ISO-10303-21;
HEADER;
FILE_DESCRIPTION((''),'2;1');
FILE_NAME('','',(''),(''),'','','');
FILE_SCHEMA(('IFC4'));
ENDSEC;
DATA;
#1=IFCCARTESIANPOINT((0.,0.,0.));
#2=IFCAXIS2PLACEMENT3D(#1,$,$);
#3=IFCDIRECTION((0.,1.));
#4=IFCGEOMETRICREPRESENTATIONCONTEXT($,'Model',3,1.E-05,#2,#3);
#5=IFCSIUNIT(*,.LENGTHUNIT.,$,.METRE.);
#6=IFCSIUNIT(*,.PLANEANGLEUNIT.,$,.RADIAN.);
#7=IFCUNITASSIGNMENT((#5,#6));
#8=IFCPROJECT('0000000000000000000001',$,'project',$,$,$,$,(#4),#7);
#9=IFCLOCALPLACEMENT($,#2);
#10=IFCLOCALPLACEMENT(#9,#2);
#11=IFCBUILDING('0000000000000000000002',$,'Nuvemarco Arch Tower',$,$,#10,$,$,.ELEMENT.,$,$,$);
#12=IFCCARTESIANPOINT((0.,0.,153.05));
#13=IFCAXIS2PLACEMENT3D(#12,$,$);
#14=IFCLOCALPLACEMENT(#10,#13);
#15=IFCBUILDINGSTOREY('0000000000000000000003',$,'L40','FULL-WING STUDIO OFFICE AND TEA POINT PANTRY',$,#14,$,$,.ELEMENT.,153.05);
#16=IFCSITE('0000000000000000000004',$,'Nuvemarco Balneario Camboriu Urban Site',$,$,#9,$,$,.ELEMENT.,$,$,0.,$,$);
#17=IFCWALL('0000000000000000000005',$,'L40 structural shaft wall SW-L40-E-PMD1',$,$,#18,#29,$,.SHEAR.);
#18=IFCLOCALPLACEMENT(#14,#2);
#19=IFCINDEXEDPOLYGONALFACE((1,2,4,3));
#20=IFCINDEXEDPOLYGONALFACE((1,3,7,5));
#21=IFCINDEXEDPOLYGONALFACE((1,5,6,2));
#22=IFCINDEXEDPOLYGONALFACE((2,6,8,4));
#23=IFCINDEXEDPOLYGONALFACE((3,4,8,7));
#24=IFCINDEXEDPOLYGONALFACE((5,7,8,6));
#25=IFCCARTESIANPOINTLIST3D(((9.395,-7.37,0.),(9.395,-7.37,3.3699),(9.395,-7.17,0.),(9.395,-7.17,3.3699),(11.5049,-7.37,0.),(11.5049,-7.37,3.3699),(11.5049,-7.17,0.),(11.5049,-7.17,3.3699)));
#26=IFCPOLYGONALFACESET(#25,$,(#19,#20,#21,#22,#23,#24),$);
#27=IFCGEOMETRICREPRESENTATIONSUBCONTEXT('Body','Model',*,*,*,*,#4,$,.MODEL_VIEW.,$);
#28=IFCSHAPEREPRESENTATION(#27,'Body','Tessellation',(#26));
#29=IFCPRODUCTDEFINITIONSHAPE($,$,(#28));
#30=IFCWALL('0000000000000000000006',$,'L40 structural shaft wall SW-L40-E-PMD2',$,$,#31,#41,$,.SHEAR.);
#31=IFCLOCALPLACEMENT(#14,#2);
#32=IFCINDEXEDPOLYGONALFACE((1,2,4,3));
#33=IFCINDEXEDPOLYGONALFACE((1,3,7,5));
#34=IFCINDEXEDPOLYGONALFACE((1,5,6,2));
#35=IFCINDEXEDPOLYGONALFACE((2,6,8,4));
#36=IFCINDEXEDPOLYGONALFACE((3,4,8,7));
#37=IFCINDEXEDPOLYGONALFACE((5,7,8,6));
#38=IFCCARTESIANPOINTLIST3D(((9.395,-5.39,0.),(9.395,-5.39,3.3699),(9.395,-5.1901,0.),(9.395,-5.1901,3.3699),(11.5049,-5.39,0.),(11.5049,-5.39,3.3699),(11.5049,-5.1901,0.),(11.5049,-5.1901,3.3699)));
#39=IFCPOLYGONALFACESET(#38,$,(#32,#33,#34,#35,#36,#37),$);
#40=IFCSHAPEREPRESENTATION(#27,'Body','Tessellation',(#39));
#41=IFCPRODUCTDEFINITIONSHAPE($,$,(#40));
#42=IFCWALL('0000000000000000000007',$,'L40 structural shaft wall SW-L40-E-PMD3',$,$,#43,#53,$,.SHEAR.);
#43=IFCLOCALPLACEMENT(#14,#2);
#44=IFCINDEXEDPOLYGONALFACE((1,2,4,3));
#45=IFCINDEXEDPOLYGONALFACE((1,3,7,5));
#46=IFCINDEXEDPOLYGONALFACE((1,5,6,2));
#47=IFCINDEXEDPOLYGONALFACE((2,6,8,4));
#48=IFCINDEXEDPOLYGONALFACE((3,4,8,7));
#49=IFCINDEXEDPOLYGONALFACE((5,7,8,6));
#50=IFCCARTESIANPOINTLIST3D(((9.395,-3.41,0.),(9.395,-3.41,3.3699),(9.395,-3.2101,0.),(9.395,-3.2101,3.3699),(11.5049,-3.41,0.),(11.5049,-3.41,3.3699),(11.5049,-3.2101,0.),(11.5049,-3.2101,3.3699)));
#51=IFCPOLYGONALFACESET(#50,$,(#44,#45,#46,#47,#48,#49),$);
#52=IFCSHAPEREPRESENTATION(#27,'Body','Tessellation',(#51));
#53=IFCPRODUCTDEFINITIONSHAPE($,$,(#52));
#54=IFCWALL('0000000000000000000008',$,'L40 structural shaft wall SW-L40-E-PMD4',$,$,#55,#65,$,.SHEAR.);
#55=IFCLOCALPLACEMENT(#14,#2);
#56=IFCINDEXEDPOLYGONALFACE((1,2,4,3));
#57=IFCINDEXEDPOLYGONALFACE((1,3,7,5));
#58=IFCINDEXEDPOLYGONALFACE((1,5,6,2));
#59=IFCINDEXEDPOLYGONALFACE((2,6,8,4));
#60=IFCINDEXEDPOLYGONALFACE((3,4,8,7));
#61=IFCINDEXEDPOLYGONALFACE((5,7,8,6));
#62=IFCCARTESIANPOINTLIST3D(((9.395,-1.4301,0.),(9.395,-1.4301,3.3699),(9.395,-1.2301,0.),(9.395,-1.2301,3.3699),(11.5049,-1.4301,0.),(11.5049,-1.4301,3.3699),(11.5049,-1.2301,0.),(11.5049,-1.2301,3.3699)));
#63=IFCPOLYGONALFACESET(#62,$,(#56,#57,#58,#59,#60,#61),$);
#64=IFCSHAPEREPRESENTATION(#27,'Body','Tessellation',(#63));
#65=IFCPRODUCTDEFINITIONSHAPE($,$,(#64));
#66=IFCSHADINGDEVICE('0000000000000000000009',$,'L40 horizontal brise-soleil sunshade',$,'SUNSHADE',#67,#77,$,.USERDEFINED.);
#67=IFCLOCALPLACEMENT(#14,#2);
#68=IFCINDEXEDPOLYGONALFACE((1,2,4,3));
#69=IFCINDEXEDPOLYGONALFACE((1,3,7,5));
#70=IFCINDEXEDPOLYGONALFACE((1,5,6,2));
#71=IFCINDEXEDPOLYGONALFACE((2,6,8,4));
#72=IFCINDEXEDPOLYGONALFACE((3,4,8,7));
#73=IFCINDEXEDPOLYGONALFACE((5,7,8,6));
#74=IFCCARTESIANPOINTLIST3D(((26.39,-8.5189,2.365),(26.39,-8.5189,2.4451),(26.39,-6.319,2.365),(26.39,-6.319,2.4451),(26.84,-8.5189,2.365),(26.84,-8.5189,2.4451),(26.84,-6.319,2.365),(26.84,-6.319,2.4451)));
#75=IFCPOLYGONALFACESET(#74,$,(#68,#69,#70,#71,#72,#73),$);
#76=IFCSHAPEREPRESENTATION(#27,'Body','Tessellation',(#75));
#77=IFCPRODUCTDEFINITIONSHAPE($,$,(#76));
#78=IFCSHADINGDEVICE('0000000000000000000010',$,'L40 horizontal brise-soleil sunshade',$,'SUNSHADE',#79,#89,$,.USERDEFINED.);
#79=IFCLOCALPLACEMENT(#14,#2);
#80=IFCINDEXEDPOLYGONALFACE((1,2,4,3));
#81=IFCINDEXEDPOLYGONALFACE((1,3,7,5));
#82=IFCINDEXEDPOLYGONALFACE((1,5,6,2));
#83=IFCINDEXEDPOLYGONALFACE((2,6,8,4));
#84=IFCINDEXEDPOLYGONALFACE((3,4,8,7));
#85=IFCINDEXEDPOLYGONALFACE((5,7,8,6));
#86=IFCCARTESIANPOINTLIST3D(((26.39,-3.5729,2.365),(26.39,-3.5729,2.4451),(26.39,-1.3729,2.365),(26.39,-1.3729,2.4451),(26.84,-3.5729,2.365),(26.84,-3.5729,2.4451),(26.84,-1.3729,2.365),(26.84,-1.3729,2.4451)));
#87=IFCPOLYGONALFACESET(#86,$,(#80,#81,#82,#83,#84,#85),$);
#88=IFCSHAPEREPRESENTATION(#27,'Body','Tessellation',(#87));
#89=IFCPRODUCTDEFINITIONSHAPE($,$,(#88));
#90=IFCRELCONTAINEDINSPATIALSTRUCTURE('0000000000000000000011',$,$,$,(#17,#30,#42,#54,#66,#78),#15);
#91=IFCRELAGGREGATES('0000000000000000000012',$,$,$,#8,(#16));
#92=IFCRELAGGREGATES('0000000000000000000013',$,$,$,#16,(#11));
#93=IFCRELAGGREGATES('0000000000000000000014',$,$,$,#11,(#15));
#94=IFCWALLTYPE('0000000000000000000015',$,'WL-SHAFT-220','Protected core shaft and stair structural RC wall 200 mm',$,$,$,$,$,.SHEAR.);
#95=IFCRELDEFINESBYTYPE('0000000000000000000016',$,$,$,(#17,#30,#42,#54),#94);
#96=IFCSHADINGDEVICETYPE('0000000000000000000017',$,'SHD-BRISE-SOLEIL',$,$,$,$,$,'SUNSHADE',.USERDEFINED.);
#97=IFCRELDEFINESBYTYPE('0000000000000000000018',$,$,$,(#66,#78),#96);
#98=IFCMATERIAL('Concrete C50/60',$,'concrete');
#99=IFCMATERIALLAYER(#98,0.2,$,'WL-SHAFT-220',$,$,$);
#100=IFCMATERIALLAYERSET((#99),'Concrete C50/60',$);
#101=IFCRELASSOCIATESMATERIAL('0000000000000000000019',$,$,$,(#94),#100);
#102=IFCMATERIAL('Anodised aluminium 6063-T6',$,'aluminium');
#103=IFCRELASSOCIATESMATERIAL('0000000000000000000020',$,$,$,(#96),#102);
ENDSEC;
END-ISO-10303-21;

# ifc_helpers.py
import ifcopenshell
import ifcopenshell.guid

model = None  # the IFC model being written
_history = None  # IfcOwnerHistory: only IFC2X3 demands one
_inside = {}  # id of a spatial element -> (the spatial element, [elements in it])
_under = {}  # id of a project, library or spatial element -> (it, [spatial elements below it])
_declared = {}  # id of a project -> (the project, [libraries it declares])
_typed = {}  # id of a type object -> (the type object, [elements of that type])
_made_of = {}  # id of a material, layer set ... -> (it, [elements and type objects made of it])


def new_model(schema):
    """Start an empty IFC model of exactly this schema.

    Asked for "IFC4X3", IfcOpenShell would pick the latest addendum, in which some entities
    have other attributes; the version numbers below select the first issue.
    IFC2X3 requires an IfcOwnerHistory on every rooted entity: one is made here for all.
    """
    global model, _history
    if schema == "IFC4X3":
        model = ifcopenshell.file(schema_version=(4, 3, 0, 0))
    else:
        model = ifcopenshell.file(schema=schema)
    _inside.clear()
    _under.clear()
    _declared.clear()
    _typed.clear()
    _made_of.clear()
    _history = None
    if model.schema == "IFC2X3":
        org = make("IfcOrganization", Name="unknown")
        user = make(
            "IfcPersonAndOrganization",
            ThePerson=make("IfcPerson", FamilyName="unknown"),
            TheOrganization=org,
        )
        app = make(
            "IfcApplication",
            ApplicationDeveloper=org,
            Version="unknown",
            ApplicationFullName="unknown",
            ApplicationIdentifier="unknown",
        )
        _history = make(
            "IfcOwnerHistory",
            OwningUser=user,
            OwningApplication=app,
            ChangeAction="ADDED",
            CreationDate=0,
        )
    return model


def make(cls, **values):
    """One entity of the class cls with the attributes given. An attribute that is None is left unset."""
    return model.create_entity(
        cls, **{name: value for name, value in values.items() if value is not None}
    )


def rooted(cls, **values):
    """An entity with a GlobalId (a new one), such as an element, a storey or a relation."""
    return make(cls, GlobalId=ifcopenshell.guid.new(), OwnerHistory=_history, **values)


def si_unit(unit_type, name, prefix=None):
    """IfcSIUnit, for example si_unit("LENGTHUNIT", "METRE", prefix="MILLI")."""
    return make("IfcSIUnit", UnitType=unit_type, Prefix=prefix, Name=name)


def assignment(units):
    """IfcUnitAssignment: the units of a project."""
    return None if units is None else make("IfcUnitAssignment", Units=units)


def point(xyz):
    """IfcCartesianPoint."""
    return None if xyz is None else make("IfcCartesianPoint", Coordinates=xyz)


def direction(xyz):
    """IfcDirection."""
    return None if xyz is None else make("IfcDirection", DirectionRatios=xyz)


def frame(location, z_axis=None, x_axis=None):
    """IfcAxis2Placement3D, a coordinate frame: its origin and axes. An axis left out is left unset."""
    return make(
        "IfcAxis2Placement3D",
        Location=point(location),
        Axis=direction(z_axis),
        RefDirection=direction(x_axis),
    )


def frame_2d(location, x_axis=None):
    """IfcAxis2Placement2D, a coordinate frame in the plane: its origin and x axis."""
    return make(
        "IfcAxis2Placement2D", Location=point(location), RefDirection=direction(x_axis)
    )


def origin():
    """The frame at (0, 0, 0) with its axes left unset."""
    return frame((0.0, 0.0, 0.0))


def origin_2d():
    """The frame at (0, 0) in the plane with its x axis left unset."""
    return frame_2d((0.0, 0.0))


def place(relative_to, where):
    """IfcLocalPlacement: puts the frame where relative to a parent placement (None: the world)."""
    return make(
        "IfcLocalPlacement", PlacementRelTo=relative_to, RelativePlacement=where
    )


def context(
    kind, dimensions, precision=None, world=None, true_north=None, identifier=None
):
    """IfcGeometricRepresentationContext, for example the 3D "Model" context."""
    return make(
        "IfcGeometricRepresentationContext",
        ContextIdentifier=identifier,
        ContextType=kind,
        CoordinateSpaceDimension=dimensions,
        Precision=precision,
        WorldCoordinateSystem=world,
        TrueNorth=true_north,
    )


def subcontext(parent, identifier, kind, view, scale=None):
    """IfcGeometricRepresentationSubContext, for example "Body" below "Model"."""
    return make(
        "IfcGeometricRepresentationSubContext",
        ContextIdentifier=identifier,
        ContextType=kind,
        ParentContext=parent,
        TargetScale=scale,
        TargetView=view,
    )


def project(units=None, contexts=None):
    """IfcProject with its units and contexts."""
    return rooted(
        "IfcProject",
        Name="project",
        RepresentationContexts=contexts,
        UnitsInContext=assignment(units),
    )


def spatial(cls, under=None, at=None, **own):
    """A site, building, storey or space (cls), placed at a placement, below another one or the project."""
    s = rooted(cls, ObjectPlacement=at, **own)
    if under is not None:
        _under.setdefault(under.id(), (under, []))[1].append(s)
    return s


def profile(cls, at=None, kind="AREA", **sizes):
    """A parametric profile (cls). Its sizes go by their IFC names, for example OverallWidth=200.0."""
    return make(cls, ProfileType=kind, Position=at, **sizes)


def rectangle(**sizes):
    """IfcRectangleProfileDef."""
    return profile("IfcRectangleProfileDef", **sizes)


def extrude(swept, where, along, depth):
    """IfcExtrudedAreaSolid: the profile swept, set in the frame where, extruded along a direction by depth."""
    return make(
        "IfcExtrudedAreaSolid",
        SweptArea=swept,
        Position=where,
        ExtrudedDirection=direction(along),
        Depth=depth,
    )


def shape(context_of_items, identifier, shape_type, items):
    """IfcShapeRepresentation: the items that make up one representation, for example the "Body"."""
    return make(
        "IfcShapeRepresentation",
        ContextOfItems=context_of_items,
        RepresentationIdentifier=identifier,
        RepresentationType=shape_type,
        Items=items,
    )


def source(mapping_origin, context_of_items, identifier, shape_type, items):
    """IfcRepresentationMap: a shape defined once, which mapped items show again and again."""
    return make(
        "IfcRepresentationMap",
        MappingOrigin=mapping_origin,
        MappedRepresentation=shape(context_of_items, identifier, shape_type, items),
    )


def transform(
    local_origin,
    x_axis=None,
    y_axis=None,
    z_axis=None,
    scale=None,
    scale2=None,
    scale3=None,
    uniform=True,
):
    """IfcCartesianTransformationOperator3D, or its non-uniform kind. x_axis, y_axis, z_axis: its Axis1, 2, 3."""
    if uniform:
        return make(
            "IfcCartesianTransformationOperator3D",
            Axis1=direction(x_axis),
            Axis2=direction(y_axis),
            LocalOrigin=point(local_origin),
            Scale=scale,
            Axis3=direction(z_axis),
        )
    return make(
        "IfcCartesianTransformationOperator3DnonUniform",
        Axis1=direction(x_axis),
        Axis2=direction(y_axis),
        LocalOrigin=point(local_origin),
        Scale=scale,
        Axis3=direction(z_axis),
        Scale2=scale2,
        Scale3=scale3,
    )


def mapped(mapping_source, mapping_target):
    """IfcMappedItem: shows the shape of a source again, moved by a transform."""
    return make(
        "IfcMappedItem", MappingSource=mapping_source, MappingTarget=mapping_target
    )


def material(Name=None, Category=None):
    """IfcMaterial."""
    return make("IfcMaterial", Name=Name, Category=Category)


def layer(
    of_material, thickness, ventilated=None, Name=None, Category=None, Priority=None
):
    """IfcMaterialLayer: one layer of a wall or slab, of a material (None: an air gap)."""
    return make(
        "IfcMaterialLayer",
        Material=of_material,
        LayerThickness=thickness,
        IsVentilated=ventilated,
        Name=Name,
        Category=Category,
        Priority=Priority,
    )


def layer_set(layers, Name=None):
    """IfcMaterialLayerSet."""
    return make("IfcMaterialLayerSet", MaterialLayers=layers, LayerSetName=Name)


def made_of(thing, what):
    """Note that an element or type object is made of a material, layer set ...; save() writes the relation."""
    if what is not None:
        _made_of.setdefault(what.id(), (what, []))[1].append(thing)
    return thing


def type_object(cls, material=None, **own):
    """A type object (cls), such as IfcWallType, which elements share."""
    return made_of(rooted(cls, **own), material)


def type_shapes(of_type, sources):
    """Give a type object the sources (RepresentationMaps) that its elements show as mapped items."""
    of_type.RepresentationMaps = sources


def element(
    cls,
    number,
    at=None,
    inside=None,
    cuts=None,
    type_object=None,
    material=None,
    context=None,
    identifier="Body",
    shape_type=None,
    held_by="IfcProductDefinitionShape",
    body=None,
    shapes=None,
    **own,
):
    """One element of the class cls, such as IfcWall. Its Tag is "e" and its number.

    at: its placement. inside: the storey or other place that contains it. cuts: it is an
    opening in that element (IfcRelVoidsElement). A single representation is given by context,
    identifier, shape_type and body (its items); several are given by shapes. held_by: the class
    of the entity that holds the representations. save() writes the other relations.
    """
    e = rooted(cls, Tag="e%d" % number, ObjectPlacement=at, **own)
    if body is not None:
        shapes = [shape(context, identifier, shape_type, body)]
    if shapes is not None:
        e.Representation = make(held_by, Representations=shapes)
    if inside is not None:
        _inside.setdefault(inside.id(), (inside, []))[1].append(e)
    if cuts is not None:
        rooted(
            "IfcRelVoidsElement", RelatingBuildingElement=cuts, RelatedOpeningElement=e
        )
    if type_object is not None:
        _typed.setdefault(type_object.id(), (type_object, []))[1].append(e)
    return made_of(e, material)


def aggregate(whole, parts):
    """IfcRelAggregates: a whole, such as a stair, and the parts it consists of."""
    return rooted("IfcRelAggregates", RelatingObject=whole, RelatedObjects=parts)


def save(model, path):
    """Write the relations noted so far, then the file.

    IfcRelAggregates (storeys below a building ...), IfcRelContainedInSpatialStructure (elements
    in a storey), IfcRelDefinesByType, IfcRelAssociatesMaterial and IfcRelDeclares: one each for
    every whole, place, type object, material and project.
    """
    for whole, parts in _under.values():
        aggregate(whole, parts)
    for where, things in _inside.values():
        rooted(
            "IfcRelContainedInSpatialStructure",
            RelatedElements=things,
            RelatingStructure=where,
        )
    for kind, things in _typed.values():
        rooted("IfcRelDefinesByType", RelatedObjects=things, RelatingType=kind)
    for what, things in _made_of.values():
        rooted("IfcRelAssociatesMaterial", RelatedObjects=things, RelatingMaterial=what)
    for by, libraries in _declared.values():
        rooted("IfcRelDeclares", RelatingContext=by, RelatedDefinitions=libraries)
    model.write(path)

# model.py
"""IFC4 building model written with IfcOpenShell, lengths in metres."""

from ifc_helpers import new_model, si_unit, direction, frame, frame_2d, origin, origin_2d, place, context, subcontext, project, spatial, rectangle, extrude, source, transform, mapped, material, layer, layer_set, type_object, type_shapes, element, save


model = new_model("IFC4")

# Units and contexts
model_context = context("Model", 3, precision=1e-05, world=origin(), true_north=direction((0.0, 1.0)))
body_context = subcontext(model_context, "Body", "Model", "MODEL_VIEW")
ifc_project = project(units=[si_unit("LENGTHUNIT", "METRE"), si_unit("PLANEANGLEUNIT", "RADIAN")], contexts=[model_context])

# Site, building, storey
site_placement = place(None, origin())
site = spatial("IfcSite", under=ifc_project, at=site_placement, Name="Nuvemarco Balneario Camboriu Urban Site", CompositionType="ELEMENT", RefElevation=0.0)
building_placement = place(site_placement, origin())
building = spatial("IfcBuilding", under=site, at=building_placement, Name="Nuvemarco Arch Tower", CompositionType="ELEMENT")
storey_placement = place(building_placement, frame((0.0, 0.0, 153.05)))
storey = spatial("IfcBuildingStorey", under=building, at=storey_placement, Name="L40", Description="FULL-WING STUDIO OFFICE AND TEA POINT PANTRY", CompositionType="ELEMENT", Elevation=153.05)

# Shared definitions
ifc_material_1 = material(Name="Concrete C50/60", Category="concrete")

# Shared definitions
ifc_layer_1 = layer(ifc_material_1, 0.2, Name="WL-SHAFT-220")
ifc_layer_set_1 = layer_set([ifc_layer_1], Name="Concrete C50/60")
wall_type_1 = type_object("IfcWallType", Name="WL-SHAFT-220", Description="Protected core shaft and stair structural RC wall 200 mm", PredefinedType="SHEAR", material=ifc_layer_set_1)

# Walls
for number, where, z_axis, x_axis, name in (
    (1, (9.395, -7.27, 0.0), (0.0, 0.0, 1.0), (1.0, 0.0, 0.0), "L40 structural shaft wall SW-L40-E-PMD1"),
    (2, (9.395, -5.29, 0.0), (0.0, 0.0, 1.0), (1.0, 0.0, 0.0), "L40 structural shaft wall SW-L40-E-PMD2"),
    (3, (9.395, -3.3101, 0.0), (0.0, 0.0, 1.0), (1.0, 0.0, 0.0), "L40 structural shaft wall SW-L40-E-PMD3"),
    (4, (9.395, -1.3301, 0.0), (0.0, 0.0, 1.0), (1.0, 0.0, 0.0), "L40 structural shaft wall SW-L40-E-PMD4"),
):
    element("IfcWall", number, at=place(storey_placement, frame(where, z_axis=z_axis, x_axis=x_axis)), inside=storey, type_object=wall_type_1, Name=name, PredefinedType="SHEAR", context=body_context, shape_type="SweptSolid", body=[
        extrude(rectangle(XDim=2.1099, YDim=0.2, at=frame_2d((1.0549, 0.0))), origin(), (0.0, 0.0, 1.0), 3.3699),
    ])

# Shading devices
ifc_material_2 = material(Name="Anodised aluminium 6063-T6", Category="aluminium")
shading_device_type = type_object("IfcShadingDeviceType", Name="SHD-BRISE-SOLEIL", ElementType="SUNSHADE", PredefinedType="USERDEFINED", material=ifc_material_2)
shared_shape_1 = source(origin(), body_context, "Body", "SweptSolid", [
    extrude(rectangle(XDim=2.2, YDim=0.45, at=origin_2d()), origin(), (0.0, 0.0, 1.0), 0.0801),
])
type_shapes(shading_device_type, [shared_shape_1])
for number, where, z_axis, x_axis, name in (
    (5, (26.615, -7.4189, 2.365), (0.0, 0.0, 1.0), (0.0, 1.0, 0.0), "L40 horizontal brise-soleil sunshade"),
    (6, (26.615, -2.4729, 2.365), (0.0, 0.0, 1.0), (0.0, 1.0, 0.0), "L40 horizontal brise-soleil sunshade"),
):
    element("IfcShadingDevice", number, at=place(storey_placement, frame(where, z_axis=z_axis, x_axis=x_axis)), inside=storey, type_object=shading_device_type, Name=name, ObjectType="SUNSHADE", PredefinedType="USERDEFINED", context=body_context, shape_type="MappedRepresentation", body=[
        mapped(shared_shape_1, transform((0.0, 0.0, 0.0), scale=1.0)),
    ])

save(model, "model.ifc")
